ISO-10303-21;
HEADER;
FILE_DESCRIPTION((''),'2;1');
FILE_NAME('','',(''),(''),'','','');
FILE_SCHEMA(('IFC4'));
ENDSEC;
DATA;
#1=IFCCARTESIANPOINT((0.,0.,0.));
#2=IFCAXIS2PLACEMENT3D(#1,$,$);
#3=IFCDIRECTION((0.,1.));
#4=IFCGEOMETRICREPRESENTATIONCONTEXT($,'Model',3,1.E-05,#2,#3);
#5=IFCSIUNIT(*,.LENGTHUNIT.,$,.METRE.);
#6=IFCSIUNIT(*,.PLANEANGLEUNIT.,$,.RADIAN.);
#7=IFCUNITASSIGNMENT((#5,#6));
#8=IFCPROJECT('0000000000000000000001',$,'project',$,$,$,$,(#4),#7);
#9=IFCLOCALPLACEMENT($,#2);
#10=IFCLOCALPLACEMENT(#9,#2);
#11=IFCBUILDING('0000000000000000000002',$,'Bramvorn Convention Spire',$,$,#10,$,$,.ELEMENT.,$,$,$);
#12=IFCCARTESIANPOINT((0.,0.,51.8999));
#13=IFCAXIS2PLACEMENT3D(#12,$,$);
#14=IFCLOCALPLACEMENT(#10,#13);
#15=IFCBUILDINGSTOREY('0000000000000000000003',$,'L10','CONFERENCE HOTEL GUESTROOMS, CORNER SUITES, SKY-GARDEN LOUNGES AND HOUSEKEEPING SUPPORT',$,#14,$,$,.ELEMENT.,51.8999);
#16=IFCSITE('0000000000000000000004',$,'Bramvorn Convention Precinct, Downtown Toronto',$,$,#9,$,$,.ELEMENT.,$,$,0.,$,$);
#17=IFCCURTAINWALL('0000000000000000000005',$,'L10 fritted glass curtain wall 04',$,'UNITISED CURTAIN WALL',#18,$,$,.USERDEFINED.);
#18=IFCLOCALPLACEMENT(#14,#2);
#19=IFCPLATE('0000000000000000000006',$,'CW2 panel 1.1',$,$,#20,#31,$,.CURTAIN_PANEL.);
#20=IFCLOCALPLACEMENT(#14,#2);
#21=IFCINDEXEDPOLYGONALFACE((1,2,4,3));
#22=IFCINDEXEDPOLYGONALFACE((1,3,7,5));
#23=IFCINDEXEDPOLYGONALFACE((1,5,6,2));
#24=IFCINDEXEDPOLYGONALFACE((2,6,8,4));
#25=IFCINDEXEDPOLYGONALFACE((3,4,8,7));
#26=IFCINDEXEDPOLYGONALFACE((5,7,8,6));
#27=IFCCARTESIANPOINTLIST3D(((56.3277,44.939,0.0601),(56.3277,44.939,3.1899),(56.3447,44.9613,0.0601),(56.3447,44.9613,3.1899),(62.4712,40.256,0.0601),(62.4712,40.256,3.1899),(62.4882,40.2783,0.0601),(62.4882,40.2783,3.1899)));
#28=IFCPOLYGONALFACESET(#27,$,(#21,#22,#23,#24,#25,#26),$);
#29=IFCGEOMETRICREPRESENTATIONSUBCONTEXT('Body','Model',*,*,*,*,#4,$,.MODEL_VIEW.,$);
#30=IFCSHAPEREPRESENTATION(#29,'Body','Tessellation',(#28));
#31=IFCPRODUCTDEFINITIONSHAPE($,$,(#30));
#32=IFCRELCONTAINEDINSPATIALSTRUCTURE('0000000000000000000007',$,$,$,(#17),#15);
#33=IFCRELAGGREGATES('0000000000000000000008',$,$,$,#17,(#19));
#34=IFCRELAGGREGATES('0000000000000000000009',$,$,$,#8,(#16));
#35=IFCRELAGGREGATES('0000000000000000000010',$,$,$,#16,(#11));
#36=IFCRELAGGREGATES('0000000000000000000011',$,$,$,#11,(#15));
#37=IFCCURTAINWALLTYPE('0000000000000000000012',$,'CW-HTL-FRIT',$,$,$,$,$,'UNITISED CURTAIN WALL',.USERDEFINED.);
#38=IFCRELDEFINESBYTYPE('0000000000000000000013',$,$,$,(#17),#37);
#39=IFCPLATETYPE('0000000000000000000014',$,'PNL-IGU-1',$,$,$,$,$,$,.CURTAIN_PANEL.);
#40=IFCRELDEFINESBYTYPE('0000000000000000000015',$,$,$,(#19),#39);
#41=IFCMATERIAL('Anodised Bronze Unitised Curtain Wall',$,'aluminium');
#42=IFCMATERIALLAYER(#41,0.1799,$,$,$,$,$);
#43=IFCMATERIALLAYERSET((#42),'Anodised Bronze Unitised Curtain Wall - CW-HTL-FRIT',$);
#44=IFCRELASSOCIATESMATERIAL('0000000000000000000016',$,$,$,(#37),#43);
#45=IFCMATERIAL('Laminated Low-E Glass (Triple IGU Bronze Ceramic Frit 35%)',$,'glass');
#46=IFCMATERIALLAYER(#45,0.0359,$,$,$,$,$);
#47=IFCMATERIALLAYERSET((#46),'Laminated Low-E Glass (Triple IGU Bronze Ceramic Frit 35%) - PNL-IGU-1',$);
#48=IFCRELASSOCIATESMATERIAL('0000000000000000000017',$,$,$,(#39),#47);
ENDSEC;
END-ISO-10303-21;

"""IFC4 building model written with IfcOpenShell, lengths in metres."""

from ifc_helpers import new_model, si_unit, direction, frame, origin, origin_2d, place, context, subcontext, project, spatial, rectangle, extrude, material, layer, layer_set, type_object, element, aggregate, save


model = new_model("IFC4")

# Units and contexts
model_context = context("Model", 3, precision=1e-05, world=origin(), true_north=direction((0.0, 1.0)))
body_context = subcontext(model_context, "Body", "Model", "MODEL_VIEW")
ifc_project = project(units=[si_unit("LENGTHUNIT", "METRE"), si_unit("PLANEANGLEUNIT", "RADIAN")], contexts=[model_context])

# Site, building, storey
site_placement = place(None, origin())
site = spatial("IfcSite", under=ifc_project, at=site_placement, Name="Bramvorn Convention Precinct, Downtown Toronto", CompositionType="ELEMENT", RefElevation=0.0)
building_placement = place(site_placement, origin())
building = spatial("IfcBuilding", under=site, at=building_placement, Name="Bramvorn Convention Spire", CompositionType="ELEMENT")
storey_placement = place(building_placement, frame((0.0, 0.0, 51.8999)))
storey = spatial("IfcBuildingStorey", under=building, at=storey_placement, Name="L10", Description="CONFERENCE HOTEL GUESTROOMS, CORNER SUITES, SKY-GARDEN LOUNGES AND HOUSEKEEPING SUPPORT", CompositionType="ELEMENT", Elevation=51.8999)

# Curtain wall
ifc_material_1 = material(Name="Anodised Bronze Unitised Curtain Wall", Category="aluminium")
ifc_layer_1 = layer(ifc_material_1, 0.1799)
ifc_layer_set_1 = layer_set([ifc_layer_1], Name="Anodised Bronze Unitised Curtain Wall - CW-HTL-FRIT")
curtain_wall_type_1 = type_object("IfcCurtainWallType", Name="CW-HTL-FRIT", ElementType="UNITISED CURTAIN WALL", PredefinedType="USERDEFINED", material=ifc_layer_set_1)
curtain_wall_1_placement = place(storey_placement, origin())
curtain_wall_1 = element("IfcCurtainWall", 1, at=curtain_wall_1_placement, inside=storey, type_object=curtain_wall_type_1, Name="L10 fritted glass curtain wall 04", ObjectType="UNITISED CURTAIN WALL", PredefinedType="USERDEFINED")

# Plate
ifc_material_2 = material(Name="Laminated Low-E Glass (Triple IGU Bronze Ceramic Frit 35%)", Category="glass")
ifc_layer_2 = layer(ifc_material_2, 0.0359)
ifc_layer_set_2 = layer_set([ifc_layer_2], Name="Laminated Low-E Glass (Triple IGU Bronze Ceramic Frit 35%) - PNL-IGU-1")
plate_type = type_object("IfcPlateType", Name="PNL-IGU-1", PredefinedType="CURTAIN_PANEL", material=ifc_layer_set_2)
plate_1_placement = place(storey_placement, frame((59.408, 42.6086, 0.0601), z_axis=(0.0, 0.0, 1.0), x_axis=(0.795292, -0.606227, 0.0)))
plate_1 = element("IfcPlate", 2, at=plate_1_placement, type_object=plate_type, Name="CW2 panel 1.1", PredefinedType="CURTAIN_PANEL", context=body_context, shape_type="SweptSolid", body=[
    extrude(rectangle(XDim=7.7249, YDim=0.0281, at=origin_2d()), origin(), (0.0, 0.0, 1.0), 3.1299),
])
aggregate(curtain_wall_1, [plate_1])

save(model, "model.ifc")
